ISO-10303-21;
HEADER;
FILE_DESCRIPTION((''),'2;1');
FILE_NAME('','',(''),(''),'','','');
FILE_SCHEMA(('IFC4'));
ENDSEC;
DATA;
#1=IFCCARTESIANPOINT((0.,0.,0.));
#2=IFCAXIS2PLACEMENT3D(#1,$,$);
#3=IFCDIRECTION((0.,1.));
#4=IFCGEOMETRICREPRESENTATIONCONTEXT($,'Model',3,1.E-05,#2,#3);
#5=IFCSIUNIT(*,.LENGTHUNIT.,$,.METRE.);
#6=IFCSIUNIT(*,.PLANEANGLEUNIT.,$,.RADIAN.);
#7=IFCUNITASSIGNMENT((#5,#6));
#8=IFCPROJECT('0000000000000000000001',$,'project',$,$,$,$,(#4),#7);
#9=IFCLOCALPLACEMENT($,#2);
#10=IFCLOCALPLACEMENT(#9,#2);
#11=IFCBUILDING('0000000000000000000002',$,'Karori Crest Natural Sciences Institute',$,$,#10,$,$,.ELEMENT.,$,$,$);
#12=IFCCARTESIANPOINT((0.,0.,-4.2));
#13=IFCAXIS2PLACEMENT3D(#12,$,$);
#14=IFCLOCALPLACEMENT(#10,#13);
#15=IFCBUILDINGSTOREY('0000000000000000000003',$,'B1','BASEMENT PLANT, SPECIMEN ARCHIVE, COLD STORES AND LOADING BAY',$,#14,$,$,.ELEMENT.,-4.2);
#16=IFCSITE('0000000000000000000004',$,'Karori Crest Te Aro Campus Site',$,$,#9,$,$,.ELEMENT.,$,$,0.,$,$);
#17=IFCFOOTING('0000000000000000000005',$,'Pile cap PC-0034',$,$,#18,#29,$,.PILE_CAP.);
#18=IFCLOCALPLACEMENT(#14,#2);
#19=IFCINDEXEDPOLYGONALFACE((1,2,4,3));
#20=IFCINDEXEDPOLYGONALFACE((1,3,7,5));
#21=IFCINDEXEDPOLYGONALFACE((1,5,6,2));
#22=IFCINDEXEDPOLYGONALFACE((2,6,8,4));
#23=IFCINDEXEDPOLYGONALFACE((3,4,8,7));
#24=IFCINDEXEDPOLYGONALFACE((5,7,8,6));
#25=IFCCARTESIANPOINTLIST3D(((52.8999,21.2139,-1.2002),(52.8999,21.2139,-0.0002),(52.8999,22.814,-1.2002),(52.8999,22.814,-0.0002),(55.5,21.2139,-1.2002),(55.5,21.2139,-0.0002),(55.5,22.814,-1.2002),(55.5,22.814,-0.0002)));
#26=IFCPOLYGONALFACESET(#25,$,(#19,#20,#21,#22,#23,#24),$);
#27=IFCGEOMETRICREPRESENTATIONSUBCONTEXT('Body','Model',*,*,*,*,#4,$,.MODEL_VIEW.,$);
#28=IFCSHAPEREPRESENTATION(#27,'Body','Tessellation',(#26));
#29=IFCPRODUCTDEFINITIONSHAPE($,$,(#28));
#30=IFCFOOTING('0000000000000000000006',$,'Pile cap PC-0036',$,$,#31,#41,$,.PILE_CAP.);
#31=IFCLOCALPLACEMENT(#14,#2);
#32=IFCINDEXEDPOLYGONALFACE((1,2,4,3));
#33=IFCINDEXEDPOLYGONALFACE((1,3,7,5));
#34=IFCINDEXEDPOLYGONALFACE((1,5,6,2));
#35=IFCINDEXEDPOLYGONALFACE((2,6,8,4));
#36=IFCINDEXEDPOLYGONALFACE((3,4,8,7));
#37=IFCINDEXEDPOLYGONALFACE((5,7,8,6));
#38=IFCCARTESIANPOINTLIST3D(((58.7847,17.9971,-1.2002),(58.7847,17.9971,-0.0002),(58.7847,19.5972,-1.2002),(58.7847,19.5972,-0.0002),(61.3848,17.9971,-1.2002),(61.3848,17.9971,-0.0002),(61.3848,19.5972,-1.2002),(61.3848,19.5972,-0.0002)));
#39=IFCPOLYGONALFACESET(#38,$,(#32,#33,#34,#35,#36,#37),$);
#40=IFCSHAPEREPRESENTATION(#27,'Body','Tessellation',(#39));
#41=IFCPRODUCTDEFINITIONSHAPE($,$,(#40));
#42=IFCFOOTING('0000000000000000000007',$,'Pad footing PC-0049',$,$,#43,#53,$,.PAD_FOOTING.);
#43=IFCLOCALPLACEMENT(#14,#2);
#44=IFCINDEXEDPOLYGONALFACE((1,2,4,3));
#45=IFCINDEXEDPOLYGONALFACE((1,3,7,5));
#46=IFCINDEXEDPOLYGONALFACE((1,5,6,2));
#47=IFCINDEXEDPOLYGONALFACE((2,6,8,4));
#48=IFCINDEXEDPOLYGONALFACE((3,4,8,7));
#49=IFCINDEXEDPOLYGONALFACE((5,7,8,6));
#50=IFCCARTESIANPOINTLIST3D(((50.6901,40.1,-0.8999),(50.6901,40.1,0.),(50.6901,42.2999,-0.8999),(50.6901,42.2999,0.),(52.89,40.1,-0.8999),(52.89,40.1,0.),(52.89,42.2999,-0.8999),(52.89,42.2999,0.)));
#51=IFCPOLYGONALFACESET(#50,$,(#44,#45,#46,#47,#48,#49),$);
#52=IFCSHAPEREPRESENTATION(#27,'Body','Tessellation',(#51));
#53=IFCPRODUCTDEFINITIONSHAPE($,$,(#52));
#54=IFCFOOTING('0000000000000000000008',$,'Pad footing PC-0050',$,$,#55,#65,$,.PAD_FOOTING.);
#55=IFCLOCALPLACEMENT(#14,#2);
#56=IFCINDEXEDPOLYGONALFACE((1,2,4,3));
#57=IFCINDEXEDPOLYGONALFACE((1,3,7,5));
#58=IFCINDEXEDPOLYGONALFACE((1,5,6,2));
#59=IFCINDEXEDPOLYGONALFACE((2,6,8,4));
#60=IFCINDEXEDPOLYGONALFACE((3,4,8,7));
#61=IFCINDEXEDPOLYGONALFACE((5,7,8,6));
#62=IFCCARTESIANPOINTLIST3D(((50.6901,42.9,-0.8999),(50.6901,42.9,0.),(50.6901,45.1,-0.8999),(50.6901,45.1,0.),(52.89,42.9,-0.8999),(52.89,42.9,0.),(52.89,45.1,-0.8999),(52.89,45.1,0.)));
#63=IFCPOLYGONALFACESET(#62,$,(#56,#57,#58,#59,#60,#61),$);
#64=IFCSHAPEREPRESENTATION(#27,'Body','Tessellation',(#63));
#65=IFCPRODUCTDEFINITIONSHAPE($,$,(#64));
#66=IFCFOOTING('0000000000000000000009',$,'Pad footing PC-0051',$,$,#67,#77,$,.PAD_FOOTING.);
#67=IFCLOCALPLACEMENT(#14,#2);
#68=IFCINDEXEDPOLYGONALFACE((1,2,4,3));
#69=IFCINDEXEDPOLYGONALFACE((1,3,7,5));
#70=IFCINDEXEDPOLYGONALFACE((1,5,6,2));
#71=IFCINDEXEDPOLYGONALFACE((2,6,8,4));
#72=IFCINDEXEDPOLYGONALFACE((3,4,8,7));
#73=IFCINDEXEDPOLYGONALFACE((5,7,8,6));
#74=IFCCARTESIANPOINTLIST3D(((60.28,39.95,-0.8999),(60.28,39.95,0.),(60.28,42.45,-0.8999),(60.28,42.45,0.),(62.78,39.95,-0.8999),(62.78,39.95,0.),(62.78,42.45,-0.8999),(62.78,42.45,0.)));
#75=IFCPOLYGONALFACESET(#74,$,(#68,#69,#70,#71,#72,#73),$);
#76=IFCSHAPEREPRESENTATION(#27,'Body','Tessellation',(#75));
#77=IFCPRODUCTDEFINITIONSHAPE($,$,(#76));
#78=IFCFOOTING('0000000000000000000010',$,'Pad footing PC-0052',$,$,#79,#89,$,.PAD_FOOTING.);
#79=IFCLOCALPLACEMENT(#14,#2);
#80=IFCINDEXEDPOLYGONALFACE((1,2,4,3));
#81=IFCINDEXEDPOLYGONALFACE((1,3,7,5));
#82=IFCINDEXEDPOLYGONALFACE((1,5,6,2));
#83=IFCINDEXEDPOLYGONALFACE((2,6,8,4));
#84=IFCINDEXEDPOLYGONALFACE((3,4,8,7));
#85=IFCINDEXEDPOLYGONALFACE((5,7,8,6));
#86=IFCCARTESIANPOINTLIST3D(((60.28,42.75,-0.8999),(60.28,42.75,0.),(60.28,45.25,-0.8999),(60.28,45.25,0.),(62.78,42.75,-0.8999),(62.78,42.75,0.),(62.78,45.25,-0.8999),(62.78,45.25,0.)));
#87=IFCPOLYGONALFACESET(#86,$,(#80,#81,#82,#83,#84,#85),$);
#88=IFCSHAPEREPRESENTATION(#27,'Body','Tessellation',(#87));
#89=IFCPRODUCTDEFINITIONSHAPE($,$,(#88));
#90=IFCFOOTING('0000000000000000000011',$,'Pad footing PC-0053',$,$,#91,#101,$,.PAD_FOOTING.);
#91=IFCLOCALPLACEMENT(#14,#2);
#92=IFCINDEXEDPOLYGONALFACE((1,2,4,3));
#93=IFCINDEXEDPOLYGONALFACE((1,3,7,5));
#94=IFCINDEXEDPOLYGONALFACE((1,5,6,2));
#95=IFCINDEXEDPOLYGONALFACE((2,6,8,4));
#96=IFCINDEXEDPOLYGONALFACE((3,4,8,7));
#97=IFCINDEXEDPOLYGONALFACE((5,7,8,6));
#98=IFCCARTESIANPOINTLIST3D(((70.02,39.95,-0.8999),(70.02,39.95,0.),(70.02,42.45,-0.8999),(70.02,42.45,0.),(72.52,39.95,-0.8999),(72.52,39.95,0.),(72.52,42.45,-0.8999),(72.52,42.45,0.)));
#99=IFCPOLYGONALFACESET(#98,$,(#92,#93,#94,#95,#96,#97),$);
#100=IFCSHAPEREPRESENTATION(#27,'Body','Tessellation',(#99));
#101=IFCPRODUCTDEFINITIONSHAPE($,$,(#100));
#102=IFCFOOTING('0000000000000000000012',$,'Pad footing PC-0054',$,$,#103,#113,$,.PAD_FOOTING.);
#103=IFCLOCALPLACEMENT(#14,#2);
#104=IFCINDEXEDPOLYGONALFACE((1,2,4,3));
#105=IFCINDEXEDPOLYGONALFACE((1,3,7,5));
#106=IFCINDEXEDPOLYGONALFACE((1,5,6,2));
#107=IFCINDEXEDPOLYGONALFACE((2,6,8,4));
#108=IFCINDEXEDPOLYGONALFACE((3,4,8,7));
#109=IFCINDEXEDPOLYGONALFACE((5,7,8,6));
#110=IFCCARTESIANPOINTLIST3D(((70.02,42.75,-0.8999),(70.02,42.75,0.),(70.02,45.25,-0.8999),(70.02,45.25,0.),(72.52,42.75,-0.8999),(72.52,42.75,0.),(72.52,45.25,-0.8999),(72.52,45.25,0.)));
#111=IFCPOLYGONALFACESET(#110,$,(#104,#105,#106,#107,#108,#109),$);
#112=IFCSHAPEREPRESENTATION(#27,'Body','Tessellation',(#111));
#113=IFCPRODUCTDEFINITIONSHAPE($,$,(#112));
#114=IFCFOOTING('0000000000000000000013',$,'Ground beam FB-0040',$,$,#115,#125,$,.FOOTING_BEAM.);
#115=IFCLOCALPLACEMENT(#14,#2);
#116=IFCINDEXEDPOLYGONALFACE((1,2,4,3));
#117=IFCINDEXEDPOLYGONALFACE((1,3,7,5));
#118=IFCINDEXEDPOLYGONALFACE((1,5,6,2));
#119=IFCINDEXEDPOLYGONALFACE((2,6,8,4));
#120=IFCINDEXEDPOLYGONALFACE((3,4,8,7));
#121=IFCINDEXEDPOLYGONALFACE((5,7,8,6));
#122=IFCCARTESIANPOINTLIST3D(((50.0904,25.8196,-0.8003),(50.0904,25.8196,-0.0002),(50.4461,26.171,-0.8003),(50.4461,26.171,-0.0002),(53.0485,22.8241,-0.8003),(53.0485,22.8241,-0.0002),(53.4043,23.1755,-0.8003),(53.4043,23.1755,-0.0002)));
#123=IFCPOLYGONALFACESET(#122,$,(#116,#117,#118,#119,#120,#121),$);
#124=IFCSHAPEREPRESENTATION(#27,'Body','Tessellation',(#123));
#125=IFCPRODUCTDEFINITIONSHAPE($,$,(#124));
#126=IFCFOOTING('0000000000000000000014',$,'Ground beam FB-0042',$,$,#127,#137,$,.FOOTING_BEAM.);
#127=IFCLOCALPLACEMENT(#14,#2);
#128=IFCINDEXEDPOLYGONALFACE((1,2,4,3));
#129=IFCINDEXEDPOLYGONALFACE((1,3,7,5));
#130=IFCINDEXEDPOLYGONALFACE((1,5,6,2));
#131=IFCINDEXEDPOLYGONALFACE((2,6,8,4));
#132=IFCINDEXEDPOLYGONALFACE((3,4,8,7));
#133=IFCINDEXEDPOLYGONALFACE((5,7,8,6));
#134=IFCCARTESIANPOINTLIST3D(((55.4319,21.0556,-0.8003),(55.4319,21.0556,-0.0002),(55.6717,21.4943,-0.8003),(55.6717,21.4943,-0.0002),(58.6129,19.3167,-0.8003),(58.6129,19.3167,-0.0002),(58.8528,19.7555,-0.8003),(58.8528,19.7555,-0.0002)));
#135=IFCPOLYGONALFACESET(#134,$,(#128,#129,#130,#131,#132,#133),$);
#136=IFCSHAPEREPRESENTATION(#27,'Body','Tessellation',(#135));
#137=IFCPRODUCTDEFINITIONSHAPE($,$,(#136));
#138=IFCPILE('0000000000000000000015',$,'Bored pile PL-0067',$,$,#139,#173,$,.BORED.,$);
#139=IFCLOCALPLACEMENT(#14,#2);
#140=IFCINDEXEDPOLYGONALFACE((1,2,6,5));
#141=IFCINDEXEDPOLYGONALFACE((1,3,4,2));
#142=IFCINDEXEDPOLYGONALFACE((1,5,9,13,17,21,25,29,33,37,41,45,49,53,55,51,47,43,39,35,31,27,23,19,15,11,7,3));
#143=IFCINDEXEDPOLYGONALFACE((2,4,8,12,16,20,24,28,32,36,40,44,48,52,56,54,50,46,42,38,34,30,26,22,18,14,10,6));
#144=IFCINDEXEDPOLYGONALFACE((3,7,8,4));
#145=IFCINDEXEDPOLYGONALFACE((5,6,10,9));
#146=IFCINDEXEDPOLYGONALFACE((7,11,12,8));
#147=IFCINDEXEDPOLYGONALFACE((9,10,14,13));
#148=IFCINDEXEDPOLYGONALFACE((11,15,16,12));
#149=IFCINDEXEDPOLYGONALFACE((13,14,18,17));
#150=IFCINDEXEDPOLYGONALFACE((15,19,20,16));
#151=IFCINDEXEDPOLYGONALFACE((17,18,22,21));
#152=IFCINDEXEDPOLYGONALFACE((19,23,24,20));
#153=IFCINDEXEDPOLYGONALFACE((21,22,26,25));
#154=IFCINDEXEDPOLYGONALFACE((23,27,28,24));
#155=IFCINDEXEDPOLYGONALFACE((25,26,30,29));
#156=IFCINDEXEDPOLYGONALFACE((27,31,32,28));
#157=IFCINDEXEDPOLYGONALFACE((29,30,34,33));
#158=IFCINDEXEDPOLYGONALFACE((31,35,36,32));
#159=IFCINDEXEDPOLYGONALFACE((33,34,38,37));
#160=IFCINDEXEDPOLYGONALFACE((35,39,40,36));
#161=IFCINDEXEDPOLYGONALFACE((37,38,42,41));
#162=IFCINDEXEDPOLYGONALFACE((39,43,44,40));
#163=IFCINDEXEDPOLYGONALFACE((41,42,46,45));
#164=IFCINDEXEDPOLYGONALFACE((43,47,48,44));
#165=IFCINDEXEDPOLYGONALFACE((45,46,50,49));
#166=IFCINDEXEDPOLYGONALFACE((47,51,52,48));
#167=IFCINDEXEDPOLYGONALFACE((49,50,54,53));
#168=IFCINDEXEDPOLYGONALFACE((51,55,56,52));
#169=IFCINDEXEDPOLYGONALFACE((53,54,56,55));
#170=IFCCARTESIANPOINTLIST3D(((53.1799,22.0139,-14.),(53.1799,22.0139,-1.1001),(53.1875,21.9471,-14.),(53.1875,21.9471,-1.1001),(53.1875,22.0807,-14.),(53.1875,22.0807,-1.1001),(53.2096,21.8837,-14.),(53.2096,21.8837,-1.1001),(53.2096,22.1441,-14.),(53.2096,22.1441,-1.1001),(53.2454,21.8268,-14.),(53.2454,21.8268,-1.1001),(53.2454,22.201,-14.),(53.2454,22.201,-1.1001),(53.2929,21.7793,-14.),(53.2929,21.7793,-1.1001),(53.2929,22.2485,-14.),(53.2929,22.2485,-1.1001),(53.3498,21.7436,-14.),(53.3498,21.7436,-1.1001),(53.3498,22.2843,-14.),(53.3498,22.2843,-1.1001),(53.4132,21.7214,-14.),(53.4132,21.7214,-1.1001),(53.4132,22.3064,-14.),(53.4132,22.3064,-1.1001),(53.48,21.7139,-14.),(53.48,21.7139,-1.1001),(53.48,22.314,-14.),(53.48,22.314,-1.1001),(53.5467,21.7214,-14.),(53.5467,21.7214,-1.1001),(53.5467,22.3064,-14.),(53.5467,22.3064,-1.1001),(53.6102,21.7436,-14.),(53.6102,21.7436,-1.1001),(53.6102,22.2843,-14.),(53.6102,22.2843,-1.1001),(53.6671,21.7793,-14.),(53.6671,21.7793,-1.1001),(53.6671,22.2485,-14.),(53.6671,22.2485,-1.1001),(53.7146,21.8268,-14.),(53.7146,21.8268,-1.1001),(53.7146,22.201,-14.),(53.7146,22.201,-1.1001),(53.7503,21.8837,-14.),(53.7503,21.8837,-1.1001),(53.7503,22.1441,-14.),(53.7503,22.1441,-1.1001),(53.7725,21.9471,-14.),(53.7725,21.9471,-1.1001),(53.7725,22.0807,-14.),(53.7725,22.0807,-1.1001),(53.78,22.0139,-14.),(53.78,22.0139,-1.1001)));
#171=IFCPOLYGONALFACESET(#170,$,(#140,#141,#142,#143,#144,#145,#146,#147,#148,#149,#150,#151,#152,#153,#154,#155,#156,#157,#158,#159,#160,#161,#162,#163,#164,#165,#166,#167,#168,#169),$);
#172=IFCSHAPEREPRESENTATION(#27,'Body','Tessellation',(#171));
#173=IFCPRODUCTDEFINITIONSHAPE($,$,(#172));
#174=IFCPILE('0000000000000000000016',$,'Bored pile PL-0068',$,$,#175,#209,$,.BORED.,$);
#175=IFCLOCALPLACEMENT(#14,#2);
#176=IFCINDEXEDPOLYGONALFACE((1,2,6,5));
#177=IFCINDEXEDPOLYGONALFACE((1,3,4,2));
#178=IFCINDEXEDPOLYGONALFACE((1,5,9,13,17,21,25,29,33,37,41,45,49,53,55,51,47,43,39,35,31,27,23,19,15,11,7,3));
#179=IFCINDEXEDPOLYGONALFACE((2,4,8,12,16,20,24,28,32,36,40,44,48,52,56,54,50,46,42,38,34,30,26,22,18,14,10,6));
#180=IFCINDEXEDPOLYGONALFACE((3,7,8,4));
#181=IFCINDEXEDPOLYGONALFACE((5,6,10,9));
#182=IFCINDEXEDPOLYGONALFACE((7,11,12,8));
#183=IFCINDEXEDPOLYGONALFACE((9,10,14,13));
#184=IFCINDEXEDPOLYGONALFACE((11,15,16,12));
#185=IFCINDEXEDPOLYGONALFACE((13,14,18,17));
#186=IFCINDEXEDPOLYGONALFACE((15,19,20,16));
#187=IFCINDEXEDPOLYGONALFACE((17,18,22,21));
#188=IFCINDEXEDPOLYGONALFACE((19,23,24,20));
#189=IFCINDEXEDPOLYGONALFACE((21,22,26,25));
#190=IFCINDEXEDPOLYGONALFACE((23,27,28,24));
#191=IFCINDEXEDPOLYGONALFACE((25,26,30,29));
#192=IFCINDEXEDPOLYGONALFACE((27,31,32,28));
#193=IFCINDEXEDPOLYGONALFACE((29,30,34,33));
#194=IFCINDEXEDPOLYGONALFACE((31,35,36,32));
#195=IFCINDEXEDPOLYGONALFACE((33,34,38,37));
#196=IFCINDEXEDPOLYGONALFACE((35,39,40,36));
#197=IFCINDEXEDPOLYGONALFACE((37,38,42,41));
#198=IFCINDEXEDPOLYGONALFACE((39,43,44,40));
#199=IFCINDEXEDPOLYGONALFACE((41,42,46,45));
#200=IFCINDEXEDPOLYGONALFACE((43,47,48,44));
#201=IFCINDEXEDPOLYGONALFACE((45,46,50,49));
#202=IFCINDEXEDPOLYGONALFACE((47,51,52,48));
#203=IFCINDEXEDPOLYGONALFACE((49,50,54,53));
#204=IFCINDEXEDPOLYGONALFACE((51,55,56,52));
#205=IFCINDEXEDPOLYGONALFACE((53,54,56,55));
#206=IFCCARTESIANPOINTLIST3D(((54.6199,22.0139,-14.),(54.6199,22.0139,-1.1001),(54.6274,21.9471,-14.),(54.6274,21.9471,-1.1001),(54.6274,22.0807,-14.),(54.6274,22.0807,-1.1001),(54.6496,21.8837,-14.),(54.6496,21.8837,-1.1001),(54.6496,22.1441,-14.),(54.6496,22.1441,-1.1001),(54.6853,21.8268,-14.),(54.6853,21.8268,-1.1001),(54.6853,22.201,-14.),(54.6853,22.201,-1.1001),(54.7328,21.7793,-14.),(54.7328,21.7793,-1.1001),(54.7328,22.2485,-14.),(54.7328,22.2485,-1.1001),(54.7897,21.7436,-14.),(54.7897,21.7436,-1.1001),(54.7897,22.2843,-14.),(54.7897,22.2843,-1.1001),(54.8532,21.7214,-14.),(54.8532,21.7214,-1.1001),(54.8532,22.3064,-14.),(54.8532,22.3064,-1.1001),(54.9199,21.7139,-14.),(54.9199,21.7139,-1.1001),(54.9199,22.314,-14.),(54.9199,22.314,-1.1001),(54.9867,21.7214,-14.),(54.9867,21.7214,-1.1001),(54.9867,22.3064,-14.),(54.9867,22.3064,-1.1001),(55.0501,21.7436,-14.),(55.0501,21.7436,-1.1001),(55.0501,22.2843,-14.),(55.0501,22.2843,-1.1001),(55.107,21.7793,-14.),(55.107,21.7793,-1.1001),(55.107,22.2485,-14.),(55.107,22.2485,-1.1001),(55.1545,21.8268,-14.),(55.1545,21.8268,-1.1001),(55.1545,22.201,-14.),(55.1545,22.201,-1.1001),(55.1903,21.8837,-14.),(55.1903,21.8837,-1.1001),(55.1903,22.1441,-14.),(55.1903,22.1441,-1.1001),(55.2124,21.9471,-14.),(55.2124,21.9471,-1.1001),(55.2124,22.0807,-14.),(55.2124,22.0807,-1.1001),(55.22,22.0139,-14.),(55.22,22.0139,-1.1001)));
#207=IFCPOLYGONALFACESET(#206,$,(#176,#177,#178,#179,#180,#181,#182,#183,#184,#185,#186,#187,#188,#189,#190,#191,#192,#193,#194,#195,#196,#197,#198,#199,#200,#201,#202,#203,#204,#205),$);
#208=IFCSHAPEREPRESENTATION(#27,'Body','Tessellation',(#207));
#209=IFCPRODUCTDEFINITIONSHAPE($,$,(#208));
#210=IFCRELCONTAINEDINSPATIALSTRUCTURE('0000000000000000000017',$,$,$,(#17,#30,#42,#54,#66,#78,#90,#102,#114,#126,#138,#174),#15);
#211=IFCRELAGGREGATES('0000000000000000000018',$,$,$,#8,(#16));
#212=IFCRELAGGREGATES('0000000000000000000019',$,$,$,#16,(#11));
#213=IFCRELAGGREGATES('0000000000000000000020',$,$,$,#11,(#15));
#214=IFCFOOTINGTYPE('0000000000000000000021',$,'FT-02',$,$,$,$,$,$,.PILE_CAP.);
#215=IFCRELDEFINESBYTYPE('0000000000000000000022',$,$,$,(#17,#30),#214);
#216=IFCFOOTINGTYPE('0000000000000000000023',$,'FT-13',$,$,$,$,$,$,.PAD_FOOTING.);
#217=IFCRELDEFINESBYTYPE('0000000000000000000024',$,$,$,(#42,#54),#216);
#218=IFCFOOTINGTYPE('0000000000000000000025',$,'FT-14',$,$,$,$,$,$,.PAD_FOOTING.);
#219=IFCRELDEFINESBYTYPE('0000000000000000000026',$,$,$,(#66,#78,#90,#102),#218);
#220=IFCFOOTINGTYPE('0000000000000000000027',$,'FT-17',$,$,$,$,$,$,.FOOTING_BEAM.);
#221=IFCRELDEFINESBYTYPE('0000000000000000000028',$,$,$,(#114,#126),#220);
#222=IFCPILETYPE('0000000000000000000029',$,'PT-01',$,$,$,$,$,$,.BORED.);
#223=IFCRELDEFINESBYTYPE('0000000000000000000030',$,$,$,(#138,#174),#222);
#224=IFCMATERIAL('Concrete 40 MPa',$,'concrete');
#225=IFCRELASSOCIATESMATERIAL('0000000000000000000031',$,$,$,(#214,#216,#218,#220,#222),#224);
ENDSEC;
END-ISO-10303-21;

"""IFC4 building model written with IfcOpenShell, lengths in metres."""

from ifc_helpers import new_model, si_unit, direction, frame, origin, origin_2d, place, context, subcontext, project, spatial, rectangle, circle, extrude, material, material_profile, profile_set, type_object, element, save


model = new_model("IFC4")

# Units and contexts
model_context = context("Model", 3, precision=1e-05, world=origin(), true_north=direction((0.0, 1.0)))
body_context = subcontext(model_context, "Body", "Model", "MODEL_VIEW")
ifc_project = project(units=[si_unit("LENGTHUNIT", "METRE"), si_unit("PLANEANGLEUNIT", "RADIAN")], contexts=[model_context])

# Site, building, storey
site_placement = place(None, origin())
site = spatial("IfcSite", under=ifc_project, at=site_placement, Name="Karori Crest Te Aro Campus Site", CompositionType="ELEMENT", RefElevation=0.0)
building_placement = place(site_placement, origin())
building = spatial("IfcBuilding", under=site, at=building_placement, Name="Karori Crest Natural Sciences Institute", CompositionType="ELEMENT")
storey_placement = place(building_placement, frame((0.0, 0.0, -4.2)))
storey = spatial("IfcBuildingStorey", under=building, at=storey_placement, Name="B1", Description="BASEMENT PLANT, SPECIMEN ARCHIVE, COLD STORES AND LOADING BAY", CompositionType="ELEMENT", Elevation=-4.2)

# Footings
ifc_material_1 = material(Name="Concrete 40 MPa", Category="concrete")
footing_type_1 = type_object("IfcFootingType", Name="FT-02", PredefinedType="PILE_CAP", material=ifc_material_1)
for number, where, z_axis, x_axis, name in (
    (1, (54.2, 22.0139, -1.2002), (0.0, 0.0, 1.0), (1.0, 0.0, 0.0), "Pile cap PC-0034"),
    (2, (60.0847, 18.7971, -1.2002), (0.0, 0.0, 1.0), (1.0, 0.0, 0.0), "Pile cap PC-0036"),
):
    element("IfcFooting", number, at=place(storey_placement, frame(where, z_axis=z_axis, x_axis=x_axis)), inside=storey, type_object=footing_type_1, Name=name, PredefinedType="PILE_CAP", context=body_context, shape_type="SweptSolid", body=[
        extrude(rectangle(XDim=2.6001, YDim=1.6001, at=origin_2d()), origin(), (0.0, 0.0, 1.0), 1.2),
    ])
footing_type_2 = type_object("IfcFootingType", Name="FT-13", PredefinedType="PAD_FOOTING", material=ifc_material_1)
for number, where, z_axis, x_axis, name in (
    (3, (51.79, 41.2, -0.8999), (0.0, 0.0, 1.0), (1.0, 0.0, 0.0), "Pad footing PC-0049"),
    (4, (51.79, 44.0, -0.8999), (0.0, 0.0, 1.0), (1.0, 0.0, 0.0), "Pad footing PC-0050"),
):
    element("IfcFooting", number, at=place(storey_placement, frame(where, z_axis=z_axis, x_axis=x_axis)), inside=storey, type_object=footing_type_2, Name=name, PredefinedType="PAD_FOOTING", context=body_context, shape_type="SweptSolid", body=[
        extrude(rectangle(XDim=2.2, YDim=2.2, at=origin_2d()), origin(), (0.0, 0.0, 1.0), 0.8999),
    ])
footing_type_3 = type_object("IfcFootingType", Name="FT-14", PredefinedType="PAD_FOOTING", material=ifc_material_1)
for number, where, z_axis, x_axis, name in (
    (5, (61.53, 41.2, -0.8999), (0.0, 0.0, 1.0), (1.0, 0.0, 0.0), "Pad footing PC-0051"),
    (6, (61.53, 44.0, -0.8999), (0.0, 0.0, 1.0), (1.0, 0.0, 0.0), "Pad footing PC-0052"),
    (7, (71.27, 41.2, -0.8999), (0.0, 0.0, 1.0), (1.0, 0.0, 0.0), "Pad footing PC-0053"),
    (8, (71.27, 44.0, -0.8999), (0.0, 0.0, 1.0), (1.0, 0.0, 0.0), "Pad footing PC-0054"),
):
    element("IfcFooting", number, at=place(storey_placement, frame(where, z_axis=z_axis, x_axis=x_axis)), inside=storey, type_object=footing_type_3, Name=name, PredefinedType="PAD_FOOTING", context=body_context, shape_type="SweptSolid", body=[
        extrude(rectangle(XDim=2.5, YDim=2.5, at=origin_2d()), origin(), (0.0, 0.0, 1.0), 0.8999),
    ])
footing_type_4 = type_object("IfcFootingType", Name="FT-17", PredefinedType="FOOTING_BEAM", material=ifc_material_1)
footing_1_placement = place(storey_placement, frame((51.7473, 24.4976, -0.8003), z_axis=(0.0, 0.0, 1.0), x_axis=(-0.702657, 0.711528, 0.0)))
element("IfcFooting", 9, at=footing_1_placement, inside=storey, type_object=footing_type_4, Name="Ground beam FB-0040", PredefinedType="FOOTING_BEAM", context=body_context, shape_type="SweptSolid", body=[
    extrude(rectangle(XDim=4.21, YDim=0.5, at=origin_2d()), origin(), (0.0, 0.0, 1.0), 0.8),
])
footing_2_placement = place(storey_placement, frame((57.1423, 20.4055, -0.8003), z_axis=(0.0, 0.0, 1.0), x_axis=(-0.877462, 0.479646, 0.0)))
element("IfcFooting", 10, at=footing_2_placement, inside=storey, type_object=footing_type_4, Name="Ground beam FB-0042", PredefinedType="FOOTING_BEAM", context=body_context, shape_type="SweptSolid", body=[
    extrude(rectangle(XDim=3.6252, YDim=0.5, at=origin_2d()), origin(), (0.0, 0.0, 1.0), 0.8),
])

# Piles
ifc_material_profile_1 = material_profile(ifc_material_1, circle(Radius=0.3, at=origin_2d()), Name="PILE600")
ifc_profile_set_1 = profile_set([ifc_material_profile_1], Name="Concrete 40 MPa")
pile_type_1 = type_object("IfcPileType", Name="PT-01", PredefinedType="BORED", material=ifc_profile_set_1)
for number, where, z_axis, x_axis, name in (
    (11, (53.48, 22.0139, -1.1001), (0.0, 0.0, -1.0), (1.0, 0.0, 0.0), "Bored pile PL-0067"),
    (12, (54.9199, 22.0139, -1.1001), (0.0, 0.0, -1.0), (1.0, 0.0, 0.0), "Bored pile PL-0068"),
):
    element("IfcPile", number, at=place(storey_placement, frame(where, z_axis=z_axis, x_axis=x_axis)), inside=storey, type_object=pile_type_1, Name=name, PredefinedType="BORED", context=body_context, shape_type="SweptSolid", body=[
        extrude(circle(Radius=0.3, at=origin_2d()), origin(), (0.0, 0.0, 1.0), 12.8999),
    ])

save(model, "model.ifc")
